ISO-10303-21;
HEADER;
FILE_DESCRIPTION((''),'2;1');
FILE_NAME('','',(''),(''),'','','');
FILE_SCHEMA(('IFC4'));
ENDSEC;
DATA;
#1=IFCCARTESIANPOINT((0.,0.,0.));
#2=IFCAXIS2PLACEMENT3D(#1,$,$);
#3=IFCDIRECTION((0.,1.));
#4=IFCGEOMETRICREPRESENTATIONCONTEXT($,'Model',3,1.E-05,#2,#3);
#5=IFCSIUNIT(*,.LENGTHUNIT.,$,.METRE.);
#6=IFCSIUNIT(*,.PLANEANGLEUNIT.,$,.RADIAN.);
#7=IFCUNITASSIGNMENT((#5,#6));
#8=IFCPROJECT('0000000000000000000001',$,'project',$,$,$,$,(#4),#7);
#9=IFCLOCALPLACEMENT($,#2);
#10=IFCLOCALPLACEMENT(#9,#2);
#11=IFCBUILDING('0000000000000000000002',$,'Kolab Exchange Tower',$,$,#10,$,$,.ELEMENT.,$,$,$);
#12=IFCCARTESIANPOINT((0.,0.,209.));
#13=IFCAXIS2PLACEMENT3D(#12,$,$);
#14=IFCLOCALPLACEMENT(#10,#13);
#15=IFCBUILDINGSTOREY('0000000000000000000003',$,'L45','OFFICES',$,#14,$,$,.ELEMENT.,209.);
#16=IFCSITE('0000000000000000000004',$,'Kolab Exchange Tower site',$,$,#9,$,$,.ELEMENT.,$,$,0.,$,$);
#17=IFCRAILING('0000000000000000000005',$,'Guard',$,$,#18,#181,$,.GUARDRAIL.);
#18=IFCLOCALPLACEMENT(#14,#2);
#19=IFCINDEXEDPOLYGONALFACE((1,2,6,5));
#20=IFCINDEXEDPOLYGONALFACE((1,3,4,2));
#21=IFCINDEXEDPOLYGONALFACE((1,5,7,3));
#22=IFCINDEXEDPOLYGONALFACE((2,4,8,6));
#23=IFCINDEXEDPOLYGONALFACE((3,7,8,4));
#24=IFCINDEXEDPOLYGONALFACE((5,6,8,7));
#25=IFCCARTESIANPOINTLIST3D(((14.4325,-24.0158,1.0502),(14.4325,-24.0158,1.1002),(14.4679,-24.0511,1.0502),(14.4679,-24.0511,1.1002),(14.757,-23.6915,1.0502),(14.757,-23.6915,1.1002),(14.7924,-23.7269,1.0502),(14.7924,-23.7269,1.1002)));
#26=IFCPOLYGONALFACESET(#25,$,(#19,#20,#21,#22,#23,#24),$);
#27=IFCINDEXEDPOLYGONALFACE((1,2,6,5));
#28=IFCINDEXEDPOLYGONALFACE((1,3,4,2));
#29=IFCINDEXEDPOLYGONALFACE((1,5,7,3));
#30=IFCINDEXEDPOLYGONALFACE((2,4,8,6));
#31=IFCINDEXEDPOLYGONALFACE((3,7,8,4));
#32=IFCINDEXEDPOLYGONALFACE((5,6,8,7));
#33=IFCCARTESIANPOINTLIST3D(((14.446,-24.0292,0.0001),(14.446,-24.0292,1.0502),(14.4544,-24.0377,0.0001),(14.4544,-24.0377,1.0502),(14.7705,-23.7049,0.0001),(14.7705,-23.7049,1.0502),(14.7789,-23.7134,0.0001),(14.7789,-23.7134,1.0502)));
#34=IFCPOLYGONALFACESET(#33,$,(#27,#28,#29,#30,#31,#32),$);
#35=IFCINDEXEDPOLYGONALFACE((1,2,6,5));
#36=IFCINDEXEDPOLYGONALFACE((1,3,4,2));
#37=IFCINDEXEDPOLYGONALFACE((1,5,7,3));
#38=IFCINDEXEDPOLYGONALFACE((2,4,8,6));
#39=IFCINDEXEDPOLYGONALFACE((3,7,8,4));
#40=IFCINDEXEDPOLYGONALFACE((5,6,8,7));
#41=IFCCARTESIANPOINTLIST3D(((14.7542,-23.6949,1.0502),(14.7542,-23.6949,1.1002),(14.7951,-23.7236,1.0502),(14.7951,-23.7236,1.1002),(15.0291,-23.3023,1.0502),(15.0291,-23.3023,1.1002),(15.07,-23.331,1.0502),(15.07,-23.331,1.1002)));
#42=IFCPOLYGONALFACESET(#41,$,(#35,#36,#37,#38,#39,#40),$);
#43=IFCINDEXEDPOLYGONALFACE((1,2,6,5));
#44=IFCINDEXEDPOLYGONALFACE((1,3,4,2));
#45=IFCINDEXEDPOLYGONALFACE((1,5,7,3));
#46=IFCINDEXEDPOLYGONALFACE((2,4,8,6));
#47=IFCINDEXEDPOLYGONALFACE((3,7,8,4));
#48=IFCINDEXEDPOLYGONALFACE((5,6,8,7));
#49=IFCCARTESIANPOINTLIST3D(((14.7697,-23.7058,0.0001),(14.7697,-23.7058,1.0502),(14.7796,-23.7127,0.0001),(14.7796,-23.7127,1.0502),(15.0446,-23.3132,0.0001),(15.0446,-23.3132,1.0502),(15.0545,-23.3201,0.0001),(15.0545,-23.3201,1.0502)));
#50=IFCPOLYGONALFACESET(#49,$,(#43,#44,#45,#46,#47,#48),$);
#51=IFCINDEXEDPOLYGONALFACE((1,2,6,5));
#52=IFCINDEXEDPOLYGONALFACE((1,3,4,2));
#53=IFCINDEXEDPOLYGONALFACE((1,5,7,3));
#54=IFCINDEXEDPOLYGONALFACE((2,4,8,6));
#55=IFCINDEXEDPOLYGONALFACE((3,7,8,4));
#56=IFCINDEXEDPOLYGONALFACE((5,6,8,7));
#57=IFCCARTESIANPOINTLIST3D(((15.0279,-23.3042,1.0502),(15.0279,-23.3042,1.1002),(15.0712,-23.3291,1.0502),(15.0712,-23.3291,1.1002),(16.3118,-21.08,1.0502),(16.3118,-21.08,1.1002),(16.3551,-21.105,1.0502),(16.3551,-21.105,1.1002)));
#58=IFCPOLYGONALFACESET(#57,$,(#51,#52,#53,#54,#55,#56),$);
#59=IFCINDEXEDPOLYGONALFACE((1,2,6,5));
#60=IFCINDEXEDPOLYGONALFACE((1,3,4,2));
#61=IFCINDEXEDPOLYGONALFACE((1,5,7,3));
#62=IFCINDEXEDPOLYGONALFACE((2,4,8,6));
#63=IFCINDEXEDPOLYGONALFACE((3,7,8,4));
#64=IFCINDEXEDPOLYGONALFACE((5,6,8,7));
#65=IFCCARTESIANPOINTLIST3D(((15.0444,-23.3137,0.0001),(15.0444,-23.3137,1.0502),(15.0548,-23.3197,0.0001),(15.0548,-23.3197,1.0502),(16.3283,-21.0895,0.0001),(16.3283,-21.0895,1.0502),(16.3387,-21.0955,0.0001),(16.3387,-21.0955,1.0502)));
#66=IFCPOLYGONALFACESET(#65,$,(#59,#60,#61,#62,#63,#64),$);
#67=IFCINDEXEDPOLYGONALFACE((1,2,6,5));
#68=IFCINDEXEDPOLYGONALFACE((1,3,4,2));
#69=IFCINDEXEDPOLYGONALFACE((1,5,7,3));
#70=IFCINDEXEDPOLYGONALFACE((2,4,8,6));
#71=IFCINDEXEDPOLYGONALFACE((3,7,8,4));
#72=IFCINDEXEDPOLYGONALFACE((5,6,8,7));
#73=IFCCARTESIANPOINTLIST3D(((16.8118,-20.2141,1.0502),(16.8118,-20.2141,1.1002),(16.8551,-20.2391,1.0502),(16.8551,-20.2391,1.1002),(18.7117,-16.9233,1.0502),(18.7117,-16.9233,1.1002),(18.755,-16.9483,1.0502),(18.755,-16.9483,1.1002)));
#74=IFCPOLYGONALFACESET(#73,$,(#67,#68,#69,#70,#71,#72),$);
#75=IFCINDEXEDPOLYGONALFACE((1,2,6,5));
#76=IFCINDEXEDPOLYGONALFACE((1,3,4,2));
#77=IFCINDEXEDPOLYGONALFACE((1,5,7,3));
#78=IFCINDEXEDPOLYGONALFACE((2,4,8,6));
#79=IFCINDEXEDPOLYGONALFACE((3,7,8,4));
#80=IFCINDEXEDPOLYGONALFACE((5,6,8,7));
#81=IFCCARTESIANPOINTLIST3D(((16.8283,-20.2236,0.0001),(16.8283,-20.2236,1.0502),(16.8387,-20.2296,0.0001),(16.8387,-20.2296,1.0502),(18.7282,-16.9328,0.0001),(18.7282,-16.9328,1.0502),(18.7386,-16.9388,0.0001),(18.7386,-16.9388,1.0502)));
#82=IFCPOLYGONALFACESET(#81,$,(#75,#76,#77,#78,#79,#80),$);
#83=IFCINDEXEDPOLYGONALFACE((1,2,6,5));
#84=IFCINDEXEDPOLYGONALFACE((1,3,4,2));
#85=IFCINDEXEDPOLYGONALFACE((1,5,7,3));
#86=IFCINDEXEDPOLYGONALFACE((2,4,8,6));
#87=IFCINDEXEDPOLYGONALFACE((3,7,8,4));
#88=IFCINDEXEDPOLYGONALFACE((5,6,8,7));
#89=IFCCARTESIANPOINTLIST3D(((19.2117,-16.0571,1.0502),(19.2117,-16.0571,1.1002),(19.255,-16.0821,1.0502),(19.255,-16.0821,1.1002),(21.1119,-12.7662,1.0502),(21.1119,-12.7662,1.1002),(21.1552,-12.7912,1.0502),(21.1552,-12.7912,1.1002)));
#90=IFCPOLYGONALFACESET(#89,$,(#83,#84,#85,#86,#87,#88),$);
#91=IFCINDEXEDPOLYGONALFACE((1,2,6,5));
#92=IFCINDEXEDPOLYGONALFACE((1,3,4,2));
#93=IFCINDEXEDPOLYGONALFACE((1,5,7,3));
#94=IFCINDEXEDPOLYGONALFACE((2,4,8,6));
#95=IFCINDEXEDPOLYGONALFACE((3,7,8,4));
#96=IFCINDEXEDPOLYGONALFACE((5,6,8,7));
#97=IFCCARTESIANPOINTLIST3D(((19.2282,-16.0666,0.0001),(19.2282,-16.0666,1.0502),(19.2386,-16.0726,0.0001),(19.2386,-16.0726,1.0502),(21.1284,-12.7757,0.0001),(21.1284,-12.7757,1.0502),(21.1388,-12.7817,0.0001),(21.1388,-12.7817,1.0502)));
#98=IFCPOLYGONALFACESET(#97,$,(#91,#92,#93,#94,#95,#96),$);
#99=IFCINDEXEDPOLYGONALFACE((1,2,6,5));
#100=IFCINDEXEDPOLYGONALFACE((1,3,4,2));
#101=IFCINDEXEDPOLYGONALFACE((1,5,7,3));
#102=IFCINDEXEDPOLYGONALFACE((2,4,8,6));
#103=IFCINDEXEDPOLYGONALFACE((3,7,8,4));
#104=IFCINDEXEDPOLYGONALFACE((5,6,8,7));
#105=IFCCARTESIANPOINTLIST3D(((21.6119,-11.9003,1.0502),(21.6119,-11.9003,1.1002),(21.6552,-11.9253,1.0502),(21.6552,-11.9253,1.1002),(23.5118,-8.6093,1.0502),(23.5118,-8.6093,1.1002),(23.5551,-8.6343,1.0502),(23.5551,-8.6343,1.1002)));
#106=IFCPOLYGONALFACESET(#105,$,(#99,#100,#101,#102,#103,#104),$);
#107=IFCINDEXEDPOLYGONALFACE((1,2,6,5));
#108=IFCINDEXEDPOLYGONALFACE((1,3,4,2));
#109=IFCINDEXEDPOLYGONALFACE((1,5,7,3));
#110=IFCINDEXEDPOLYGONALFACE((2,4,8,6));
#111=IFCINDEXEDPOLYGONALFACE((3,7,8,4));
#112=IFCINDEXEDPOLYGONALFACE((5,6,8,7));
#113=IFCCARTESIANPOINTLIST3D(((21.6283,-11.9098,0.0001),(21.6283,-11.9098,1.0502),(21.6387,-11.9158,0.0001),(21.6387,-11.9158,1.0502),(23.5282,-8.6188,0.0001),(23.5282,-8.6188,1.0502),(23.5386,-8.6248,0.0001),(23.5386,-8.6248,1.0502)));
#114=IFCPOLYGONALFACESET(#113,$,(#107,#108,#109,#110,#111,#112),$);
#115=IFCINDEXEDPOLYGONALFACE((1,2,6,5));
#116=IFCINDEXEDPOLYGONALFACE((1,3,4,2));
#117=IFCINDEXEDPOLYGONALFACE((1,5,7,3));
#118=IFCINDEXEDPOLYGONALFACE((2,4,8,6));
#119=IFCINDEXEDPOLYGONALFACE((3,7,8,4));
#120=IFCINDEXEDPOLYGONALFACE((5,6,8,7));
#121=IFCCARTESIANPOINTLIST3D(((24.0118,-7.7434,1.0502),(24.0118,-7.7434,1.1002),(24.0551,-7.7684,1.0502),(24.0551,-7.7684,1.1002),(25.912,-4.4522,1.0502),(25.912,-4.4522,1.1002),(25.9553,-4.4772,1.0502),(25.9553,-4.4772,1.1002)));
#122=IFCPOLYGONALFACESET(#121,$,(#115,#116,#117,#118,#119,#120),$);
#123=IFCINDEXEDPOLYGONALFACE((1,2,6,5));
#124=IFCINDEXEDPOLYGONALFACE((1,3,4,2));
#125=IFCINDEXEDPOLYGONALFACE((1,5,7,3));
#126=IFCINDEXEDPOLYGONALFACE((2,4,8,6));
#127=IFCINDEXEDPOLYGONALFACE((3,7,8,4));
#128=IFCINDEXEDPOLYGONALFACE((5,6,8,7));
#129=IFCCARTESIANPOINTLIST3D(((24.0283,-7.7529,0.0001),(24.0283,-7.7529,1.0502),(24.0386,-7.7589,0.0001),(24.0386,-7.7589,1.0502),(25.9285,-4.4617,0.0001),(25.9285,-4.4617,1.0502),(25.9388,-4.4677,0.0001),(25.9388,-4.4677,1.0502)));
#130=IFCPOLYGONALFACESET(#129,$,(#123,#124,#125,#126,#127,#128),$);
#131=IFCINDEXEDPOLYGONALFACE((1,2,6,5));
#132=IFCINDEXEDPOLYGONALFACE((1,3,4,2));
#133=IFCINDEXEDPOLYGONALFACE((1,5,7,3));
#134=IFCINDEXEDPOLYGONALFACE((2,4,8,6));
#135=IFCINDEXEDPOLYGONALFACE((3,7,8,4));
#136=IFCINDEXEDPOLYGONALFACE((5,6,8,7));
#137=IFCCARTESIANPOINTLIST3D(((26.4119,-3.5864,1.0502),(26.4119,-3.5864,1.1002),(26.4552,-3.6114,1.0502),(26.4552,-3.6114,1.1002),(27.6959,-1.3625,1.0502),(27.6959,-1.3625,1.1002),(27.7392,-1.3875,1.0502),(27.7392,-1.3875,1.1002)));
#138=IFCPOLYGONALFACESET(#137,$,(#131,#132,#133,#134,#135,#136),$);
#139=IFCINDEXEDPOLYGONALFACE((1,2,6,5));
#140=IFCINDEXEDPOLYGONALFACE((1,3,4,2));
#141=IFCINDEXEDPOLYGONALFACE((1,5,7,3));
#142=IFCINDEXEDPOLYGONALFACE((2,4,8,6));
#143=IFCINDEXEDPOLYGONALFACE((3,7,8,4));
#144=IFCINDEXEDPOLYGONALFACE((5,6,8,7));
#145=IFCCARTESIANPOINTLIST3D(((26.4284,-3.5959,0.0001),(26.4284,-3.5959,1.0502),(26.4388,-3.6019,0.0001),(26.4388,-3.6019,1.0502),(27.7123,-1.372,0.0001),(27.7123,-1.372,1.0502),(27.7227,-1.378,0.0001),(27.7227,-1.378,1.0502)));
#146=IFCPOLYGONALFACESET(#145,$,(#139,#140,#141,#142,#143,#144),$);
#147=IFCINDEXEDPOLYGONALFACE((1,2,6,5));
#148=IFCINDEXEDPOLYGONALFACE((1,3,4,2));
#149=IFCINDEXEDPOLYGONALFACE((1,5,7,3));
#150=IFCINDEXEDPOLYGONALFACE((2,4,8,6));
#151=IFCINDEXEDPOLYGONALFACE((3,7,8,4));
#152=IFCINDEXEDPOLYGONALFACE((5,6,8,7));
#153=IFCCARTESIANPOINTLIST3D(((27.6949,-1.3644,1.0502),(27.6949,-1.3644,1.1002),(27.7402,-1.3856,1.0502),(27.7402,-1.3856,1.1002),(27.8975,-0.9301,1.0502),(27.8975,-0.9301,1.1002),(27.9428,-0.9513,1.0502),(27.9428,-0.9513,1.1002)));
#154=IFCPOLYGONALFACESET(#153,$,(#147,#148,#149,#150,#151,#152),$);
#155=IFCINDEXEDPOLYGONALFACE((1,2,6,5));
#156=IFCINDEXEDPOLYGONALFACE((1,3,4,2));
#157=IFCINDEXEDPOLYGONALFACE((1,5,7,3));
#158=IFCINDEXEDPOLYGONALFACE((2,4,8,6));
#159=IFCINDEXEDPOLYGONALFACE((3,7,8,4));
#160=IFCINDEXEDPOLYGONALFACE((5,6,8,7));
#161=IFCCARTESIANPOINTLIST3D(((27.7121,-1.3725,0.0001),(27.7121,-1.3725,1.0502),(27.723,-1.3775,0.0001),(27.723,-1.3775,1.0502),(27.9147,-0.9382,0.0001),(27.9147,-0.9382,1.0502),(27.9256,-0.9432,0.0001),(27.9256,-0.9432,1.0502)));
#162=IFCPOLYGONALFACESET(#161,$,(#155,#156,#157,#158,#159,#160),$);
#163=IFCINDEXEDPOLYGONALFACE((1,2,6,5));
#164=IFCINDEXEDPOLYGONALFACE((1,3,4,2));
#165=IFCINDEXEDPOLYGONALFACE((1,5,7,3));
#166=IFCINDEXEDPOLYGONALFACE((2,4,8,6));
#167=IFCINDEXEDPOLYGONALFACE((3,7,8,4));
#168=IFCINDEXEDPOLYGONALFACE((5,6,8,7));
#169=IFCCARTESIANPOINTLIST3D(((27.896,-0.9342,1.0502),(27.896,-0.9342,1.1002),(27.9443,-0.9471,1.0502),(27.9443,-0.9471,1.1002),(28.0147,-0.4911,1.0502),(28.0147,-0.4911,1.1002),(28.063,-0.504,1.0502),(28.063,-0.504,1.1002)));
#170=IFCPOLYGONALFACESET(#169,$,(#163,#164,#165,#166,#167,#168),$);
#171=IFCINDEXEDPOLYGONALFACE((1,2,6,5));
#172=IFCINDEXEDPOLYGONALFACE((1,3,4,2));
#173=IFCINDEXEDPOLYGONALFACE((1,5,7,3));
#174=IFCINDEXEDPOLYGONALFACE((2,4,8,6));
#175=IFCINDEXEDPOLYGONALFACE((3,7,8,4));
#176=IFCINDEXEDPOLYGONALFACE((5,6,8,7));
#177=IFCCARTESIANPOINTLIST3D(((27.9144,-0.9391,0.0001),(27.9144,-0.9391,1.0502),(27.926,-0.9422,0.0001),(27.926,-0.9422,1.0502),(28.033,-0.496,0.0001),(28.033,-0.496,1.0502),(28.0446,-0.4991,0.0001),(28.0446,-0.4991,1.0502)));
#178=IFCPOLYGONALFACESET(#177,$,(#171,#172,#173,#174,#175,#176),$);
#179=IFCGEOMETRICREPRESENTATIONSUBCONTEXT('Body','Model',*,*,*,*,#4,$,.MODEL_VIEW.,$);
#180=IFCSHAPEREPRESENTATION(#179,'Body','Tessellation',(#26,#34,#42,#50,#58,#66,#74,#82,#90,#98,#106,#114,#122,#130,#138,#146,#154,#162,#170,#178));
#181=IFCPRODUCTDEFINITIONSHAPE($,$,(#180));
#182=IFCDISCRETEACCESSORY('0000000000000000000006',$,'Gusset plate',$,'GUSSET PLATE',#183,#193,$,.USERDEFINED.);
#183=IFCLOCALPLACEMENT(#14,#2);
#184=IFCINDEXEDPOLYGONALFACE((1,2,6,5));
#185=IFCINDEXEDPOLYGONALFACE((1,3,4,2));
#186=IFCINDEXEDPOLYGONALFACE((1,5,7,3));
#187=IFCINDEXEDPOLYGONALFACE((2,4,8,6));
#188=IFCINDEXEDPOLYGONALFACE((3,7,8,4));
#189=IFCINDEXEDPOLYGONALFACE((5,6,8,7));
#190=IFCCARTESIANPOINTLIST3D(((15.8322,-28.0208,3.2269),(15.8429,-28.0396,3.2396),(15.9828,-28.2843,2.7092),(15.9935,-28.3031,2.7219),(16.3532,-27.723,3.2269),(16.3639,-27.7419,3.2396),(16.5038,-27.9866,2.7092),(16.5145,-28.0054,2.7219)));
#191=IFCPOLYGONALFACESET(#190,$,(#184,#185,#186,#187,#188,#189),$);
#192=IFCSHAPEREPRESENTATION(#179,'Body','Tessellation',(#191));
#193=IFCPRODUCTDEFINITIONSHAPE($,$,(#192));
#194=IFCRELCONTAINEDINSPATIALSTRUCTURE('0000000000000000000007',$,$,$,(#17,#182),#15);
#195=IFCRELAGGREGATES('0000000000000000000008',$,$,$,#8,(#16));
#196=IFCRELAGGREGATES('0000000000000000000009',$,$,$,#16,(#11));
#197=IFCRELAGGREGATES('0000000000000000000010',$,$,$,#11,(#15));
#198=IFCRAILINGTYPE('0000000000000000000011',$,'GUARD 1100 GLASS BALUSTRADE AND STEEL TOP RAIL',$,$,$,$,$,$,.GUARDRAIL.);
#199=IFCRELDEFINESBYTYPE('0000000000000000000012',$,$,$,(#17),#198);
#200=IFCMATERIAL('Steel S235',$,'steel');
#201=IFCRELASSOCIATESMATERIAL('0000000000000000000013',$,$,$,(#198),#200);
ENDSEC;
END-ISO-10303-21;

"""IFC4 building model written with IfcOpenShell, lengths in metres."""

from ifc_helpers import new_model, si_unit, direction, frame, frame_2d, origin, origin_2d, place, context, subcontext, project, spatial, rectangle, extrude, material, type_object, element, save


model = new_model("IFC4")

# Units and contexts
model_context = context("Model", 3, precision=1e-05, world=origin(), true_north=direction((0.0, 1.0)))
body_context = subcontext(model_context, "Body", "Model", "MODEL_VIEW")
ifc_project = project(units=[si_unit("LENGTHUNIT", "METRE"), si_unit("PLANEANGLEUNIT", "RADIAN")], contexts=[model_context])

# Site, building, storey
site_placement = place(None, origin())
site = spatial("IfcSite", under=ifc_project, at=site_placement, Name="Kolab Exchange Tower site", CompositionType="ELEMENT", RefElevation=0.0)
building_placement = place(site_placement, origin())
building = spatial("IfcBuilding", under=site, at=building_placement, Name="Kolab Exchange Tower", CompositionType="ELEMENT")
storey_placement = place(building_placement, frame((0.0, 0.0, 209.0)))
storey = spatial("IfcBuildingStorey", under=building, at=storey_placement, Name="L45", Description="OFFICES", CompositionType="ELEMENT", Elevation=209.0)

# Railing
ifc_material_1 = material(Name="Steel S235", Category="steel")
railing_type = type_object("IfcRailingType", Name="GUARD 1100 GLASS BALUSTRADE AND STEEL TOP RAIL", PredefinedType="GUARDRAIL", material=ifc_material_1)
railing_placement = place(storey_placement, frame((14.4502, -24.0334, 0.0)))
element("IfcRailing", 1, at=railing_placement, inside=storey, type_object=railing_type, Name="Guard", PredefinedType="GUARDRAIL", context=body_context, shape_type="SweptSolid", body=[
    extrude(rectangle(XDim=0.05, YDim=0.05, at=origin_2d()), frame((0.0, 0.0, 1.0752), z_axis=(0.707373, 0.706841, 0.0), x_axis=(-0.706841, 0.707373, 0.0)), (0.0, 0.0, 1.0), 0.4587),
    extrude(rectangle(XDim=0.012, YDim=1.0501, at=frame_2d((0.0, 0.5251))), frame((0.0, 0.0, 0.0), z_axis=(0.707373, 0.706841, 0.0), x_axis=(-0.706841, 0.707373, 0.0)), (0.0, 0.0, 1.0), 0.4587),
    extrude(rectangle(XDim=0.05, YDim=0.05, at=origin_2d()), frame((0.3245, 0.3242, 1.0752), z_axis=(0.573599, 0.819136, 0.0), x_axis=(-0.819136, 0.573599, 0.0)), (0.0, 0.0, 1.0), 0.4792),
    extrude(rectangle(XDim=0.012, YDim=1.0501, at=frame_2d((0.0, 0.5251))), frame((0.3245, 0.3242, 0.0), z_axis=(0.573599, 0.819136, 0.0), x_axis=(-0.819136, 0.573599, 0.0)), (0.0, 0.0, 1.0), 0.4792),
    extrude(rectangle(XDim=0.05, YDim=0.05, at=origin_2d()), frame((0.5994, 0.7168, 1.0752), z_axis=(0.499953, 0.866053, 0.0), x_axis=(-0.866053, 0.499953, 0.0)), (0.0, 0.0, 1.0), 2.5681),
    extrude(rectangle(XDim=0.012, YDim=1.0501, at=frame_2d((0.0, 0.5251))), frame((0.5994, 0.7168, 0.0), z_axis=(0.499953, 0.866053, 0.0), x_axis=(-0.866053, 0.499953, 0.0)), (0.0, 0.0, 1.0), 2.5681),
    extrude(rectangle(XDim=0.05, YDim=0.05, at=origin_2d()), frame((2.3833, 3.8069, 1.0752), z_axis=(0.499995, 0.866028, 0.0), x_axis=(-0.866028, 0.499995, 0.0)), (0.0, 0.0, 1.0), 3.7998),
    extrude(rectangle(XDim=0.012, YDim=1.0501, at=frame_2d((0.0, 0.5251))), frame((2.3833, 3.8069, 0.0), z_axis=(0.499995, 0.866028, 0.0), x_axis=(-0.866028, 0.499995, 0.0)), (0.0, 0.0, 1.0), 3.7998),
    extrude(rectangle(XDim=0.05, YDim=0.05, at=origin_2d()), frame((4.7832, 7.9639, 1.0752), z_axis=(0.500043, 0.866, 0.0), x_axis=(-0.866, 0.500043, 0.0)), (0.0, 0.0, 1.0), 3.8),
    extrude(rectangle(XDim=0.012, YDim=1.0501, at=frame_2d((0.0, 0.5251))), frame((4.7832, 7.9639, 0.0), z_axis=(0.500043, 0.866, 0.0), x_axis=(-0.866, 0.500043, 0.0)), (0.0, 0.0, 1.0), 3.8),
    extrude(rectangle(XDim=0.05, YDim=0.05, at=origin_2d()), frame((7.1833, 12.1206, 1.0752), z_axis=(0.499967, 0.866044, 0.0), x_axis=(-0.866044, 0.499967, 0.0)), (0.0, 0.0, 1.0), 3.8),
    extrude(rectangle(XDim=0.012, YDim=1.0501, at=frame_2d((0.0, 0.5251))), frame((7.1833, 12.1206, 0.0), z_axis=(0.499967, 0.866044, 0.0), x_axis=(-0.866044, 0.499967, 0.0)), (0.0, 0.0, 1.0), 3.8),
    extrude(rectangle(XDim=0.05, YDim=0.05, at=origin_2d()), frame((9.5833, 16.2776, 1.0752), z_axis=(0.500015, 0.866017, 0.0), x_axis=(-0.866017, 0.500015, 0.0)), (0.0, 0.0, 1.0), 3.8003),
    extrude(rectangle(XDim=0.012, YDim=1.0501, at=frame_2d((0.0, 0.5251))), frame((9.5833, 16.2776, 0.0), z_axis=(0.500015, 0.866017, 0.0), x_axis=(-0.866017, 0.500015, 0.0)), (0.0, 0.0, 1.0), 3.8003),
    extrude(rectangle(XDim=0.05, YDim=0.05, at=origin_2d()), frame((11.9834, 20.4346, 1.0752), z_axis=(0.499994, 0.866029, 0.0), x_axis=(-0.866029, 0.499994, 0.0)), (0.0, 0.0, 1.0), 2.5679),
    extrude(rectangle(XDim=0.012, YDim=1.0501, at=frame_2d((0.0, 0.5251))), frame((11.9834, 20.4346, 0.0), z_axis=(0.499994, 0.866029, 0.0), x_axis=(-0.866029, 0.499994, 0.0)), (0.0, 0.0, 1.0), 2.5679),
    extrude(rectangle(XDim=0.05, YDim=0.05, at=origin_2d()), frame((13.2673, 22.6584, 1.0752), z_axis=(0.422802, 0.906222, 0.0), x_axis=(-0.906222, 0.422802, 0.0)), (0.0, 0.0, 1.0), 0.4792),
    extrude(rectangle(XDim=0.012, YDim=1.0501, at=frame_2d((0.0, 0.5251))), frame((13.2673, 22.6584, 0.0), z_axis=(0.422802, 0.906222, 0.0), x_axis=(-0.906222, 0.422802, 0.0)), (0.0, 0.0, 1.0), 0.4792),
    extrude(rectangle(XDim=0.05, YDim=0.05, at=origin_2d()), frame((13.47, 23.0928, 1.0752), z_axis=(0.258656, 0.965969, 0.0), x_axis=(-0.965969, 0.258656, 0.0)), (0.0, 0.0, 1.0), 0.4587),
    extrude(rectangle(XDim=0.012, YDim=1.0501, at=frame_2d((0.0, 0.5251))), frame((13.47, 23.0928, 0.0), z_axis=(0.258656, 0.965969, 0.0), x_axis=(-0.965969, 0.258656, 0.0)), (0.0, 0.0, 1.0), 0.4587),
])

# Discrete accessory
discrete_accessory_placement = place(storey_placement, frame((16.168, -28.0037, 2.968), z_axis=(0.427992, -0.748986, 0.505809), x_axis=(0.868243, 0.496139, 0.0)))
element("IfcDiscreteAccessory", 2, at=discrete_accessory_placement, inside=storey, Name="Gusset plate", ObjectType="GUSSET PLATE", PredefinedType="USERDEFINED", context=body_context, shape_type="SweptSolid", body=[
    extrude(rectangle(XDim=0.6001, YDim=0.6001, at=origin_2d()), origin(), (0.0, 0.0, 1.0), 0.0251),
])

save(model, "model.ifc")
